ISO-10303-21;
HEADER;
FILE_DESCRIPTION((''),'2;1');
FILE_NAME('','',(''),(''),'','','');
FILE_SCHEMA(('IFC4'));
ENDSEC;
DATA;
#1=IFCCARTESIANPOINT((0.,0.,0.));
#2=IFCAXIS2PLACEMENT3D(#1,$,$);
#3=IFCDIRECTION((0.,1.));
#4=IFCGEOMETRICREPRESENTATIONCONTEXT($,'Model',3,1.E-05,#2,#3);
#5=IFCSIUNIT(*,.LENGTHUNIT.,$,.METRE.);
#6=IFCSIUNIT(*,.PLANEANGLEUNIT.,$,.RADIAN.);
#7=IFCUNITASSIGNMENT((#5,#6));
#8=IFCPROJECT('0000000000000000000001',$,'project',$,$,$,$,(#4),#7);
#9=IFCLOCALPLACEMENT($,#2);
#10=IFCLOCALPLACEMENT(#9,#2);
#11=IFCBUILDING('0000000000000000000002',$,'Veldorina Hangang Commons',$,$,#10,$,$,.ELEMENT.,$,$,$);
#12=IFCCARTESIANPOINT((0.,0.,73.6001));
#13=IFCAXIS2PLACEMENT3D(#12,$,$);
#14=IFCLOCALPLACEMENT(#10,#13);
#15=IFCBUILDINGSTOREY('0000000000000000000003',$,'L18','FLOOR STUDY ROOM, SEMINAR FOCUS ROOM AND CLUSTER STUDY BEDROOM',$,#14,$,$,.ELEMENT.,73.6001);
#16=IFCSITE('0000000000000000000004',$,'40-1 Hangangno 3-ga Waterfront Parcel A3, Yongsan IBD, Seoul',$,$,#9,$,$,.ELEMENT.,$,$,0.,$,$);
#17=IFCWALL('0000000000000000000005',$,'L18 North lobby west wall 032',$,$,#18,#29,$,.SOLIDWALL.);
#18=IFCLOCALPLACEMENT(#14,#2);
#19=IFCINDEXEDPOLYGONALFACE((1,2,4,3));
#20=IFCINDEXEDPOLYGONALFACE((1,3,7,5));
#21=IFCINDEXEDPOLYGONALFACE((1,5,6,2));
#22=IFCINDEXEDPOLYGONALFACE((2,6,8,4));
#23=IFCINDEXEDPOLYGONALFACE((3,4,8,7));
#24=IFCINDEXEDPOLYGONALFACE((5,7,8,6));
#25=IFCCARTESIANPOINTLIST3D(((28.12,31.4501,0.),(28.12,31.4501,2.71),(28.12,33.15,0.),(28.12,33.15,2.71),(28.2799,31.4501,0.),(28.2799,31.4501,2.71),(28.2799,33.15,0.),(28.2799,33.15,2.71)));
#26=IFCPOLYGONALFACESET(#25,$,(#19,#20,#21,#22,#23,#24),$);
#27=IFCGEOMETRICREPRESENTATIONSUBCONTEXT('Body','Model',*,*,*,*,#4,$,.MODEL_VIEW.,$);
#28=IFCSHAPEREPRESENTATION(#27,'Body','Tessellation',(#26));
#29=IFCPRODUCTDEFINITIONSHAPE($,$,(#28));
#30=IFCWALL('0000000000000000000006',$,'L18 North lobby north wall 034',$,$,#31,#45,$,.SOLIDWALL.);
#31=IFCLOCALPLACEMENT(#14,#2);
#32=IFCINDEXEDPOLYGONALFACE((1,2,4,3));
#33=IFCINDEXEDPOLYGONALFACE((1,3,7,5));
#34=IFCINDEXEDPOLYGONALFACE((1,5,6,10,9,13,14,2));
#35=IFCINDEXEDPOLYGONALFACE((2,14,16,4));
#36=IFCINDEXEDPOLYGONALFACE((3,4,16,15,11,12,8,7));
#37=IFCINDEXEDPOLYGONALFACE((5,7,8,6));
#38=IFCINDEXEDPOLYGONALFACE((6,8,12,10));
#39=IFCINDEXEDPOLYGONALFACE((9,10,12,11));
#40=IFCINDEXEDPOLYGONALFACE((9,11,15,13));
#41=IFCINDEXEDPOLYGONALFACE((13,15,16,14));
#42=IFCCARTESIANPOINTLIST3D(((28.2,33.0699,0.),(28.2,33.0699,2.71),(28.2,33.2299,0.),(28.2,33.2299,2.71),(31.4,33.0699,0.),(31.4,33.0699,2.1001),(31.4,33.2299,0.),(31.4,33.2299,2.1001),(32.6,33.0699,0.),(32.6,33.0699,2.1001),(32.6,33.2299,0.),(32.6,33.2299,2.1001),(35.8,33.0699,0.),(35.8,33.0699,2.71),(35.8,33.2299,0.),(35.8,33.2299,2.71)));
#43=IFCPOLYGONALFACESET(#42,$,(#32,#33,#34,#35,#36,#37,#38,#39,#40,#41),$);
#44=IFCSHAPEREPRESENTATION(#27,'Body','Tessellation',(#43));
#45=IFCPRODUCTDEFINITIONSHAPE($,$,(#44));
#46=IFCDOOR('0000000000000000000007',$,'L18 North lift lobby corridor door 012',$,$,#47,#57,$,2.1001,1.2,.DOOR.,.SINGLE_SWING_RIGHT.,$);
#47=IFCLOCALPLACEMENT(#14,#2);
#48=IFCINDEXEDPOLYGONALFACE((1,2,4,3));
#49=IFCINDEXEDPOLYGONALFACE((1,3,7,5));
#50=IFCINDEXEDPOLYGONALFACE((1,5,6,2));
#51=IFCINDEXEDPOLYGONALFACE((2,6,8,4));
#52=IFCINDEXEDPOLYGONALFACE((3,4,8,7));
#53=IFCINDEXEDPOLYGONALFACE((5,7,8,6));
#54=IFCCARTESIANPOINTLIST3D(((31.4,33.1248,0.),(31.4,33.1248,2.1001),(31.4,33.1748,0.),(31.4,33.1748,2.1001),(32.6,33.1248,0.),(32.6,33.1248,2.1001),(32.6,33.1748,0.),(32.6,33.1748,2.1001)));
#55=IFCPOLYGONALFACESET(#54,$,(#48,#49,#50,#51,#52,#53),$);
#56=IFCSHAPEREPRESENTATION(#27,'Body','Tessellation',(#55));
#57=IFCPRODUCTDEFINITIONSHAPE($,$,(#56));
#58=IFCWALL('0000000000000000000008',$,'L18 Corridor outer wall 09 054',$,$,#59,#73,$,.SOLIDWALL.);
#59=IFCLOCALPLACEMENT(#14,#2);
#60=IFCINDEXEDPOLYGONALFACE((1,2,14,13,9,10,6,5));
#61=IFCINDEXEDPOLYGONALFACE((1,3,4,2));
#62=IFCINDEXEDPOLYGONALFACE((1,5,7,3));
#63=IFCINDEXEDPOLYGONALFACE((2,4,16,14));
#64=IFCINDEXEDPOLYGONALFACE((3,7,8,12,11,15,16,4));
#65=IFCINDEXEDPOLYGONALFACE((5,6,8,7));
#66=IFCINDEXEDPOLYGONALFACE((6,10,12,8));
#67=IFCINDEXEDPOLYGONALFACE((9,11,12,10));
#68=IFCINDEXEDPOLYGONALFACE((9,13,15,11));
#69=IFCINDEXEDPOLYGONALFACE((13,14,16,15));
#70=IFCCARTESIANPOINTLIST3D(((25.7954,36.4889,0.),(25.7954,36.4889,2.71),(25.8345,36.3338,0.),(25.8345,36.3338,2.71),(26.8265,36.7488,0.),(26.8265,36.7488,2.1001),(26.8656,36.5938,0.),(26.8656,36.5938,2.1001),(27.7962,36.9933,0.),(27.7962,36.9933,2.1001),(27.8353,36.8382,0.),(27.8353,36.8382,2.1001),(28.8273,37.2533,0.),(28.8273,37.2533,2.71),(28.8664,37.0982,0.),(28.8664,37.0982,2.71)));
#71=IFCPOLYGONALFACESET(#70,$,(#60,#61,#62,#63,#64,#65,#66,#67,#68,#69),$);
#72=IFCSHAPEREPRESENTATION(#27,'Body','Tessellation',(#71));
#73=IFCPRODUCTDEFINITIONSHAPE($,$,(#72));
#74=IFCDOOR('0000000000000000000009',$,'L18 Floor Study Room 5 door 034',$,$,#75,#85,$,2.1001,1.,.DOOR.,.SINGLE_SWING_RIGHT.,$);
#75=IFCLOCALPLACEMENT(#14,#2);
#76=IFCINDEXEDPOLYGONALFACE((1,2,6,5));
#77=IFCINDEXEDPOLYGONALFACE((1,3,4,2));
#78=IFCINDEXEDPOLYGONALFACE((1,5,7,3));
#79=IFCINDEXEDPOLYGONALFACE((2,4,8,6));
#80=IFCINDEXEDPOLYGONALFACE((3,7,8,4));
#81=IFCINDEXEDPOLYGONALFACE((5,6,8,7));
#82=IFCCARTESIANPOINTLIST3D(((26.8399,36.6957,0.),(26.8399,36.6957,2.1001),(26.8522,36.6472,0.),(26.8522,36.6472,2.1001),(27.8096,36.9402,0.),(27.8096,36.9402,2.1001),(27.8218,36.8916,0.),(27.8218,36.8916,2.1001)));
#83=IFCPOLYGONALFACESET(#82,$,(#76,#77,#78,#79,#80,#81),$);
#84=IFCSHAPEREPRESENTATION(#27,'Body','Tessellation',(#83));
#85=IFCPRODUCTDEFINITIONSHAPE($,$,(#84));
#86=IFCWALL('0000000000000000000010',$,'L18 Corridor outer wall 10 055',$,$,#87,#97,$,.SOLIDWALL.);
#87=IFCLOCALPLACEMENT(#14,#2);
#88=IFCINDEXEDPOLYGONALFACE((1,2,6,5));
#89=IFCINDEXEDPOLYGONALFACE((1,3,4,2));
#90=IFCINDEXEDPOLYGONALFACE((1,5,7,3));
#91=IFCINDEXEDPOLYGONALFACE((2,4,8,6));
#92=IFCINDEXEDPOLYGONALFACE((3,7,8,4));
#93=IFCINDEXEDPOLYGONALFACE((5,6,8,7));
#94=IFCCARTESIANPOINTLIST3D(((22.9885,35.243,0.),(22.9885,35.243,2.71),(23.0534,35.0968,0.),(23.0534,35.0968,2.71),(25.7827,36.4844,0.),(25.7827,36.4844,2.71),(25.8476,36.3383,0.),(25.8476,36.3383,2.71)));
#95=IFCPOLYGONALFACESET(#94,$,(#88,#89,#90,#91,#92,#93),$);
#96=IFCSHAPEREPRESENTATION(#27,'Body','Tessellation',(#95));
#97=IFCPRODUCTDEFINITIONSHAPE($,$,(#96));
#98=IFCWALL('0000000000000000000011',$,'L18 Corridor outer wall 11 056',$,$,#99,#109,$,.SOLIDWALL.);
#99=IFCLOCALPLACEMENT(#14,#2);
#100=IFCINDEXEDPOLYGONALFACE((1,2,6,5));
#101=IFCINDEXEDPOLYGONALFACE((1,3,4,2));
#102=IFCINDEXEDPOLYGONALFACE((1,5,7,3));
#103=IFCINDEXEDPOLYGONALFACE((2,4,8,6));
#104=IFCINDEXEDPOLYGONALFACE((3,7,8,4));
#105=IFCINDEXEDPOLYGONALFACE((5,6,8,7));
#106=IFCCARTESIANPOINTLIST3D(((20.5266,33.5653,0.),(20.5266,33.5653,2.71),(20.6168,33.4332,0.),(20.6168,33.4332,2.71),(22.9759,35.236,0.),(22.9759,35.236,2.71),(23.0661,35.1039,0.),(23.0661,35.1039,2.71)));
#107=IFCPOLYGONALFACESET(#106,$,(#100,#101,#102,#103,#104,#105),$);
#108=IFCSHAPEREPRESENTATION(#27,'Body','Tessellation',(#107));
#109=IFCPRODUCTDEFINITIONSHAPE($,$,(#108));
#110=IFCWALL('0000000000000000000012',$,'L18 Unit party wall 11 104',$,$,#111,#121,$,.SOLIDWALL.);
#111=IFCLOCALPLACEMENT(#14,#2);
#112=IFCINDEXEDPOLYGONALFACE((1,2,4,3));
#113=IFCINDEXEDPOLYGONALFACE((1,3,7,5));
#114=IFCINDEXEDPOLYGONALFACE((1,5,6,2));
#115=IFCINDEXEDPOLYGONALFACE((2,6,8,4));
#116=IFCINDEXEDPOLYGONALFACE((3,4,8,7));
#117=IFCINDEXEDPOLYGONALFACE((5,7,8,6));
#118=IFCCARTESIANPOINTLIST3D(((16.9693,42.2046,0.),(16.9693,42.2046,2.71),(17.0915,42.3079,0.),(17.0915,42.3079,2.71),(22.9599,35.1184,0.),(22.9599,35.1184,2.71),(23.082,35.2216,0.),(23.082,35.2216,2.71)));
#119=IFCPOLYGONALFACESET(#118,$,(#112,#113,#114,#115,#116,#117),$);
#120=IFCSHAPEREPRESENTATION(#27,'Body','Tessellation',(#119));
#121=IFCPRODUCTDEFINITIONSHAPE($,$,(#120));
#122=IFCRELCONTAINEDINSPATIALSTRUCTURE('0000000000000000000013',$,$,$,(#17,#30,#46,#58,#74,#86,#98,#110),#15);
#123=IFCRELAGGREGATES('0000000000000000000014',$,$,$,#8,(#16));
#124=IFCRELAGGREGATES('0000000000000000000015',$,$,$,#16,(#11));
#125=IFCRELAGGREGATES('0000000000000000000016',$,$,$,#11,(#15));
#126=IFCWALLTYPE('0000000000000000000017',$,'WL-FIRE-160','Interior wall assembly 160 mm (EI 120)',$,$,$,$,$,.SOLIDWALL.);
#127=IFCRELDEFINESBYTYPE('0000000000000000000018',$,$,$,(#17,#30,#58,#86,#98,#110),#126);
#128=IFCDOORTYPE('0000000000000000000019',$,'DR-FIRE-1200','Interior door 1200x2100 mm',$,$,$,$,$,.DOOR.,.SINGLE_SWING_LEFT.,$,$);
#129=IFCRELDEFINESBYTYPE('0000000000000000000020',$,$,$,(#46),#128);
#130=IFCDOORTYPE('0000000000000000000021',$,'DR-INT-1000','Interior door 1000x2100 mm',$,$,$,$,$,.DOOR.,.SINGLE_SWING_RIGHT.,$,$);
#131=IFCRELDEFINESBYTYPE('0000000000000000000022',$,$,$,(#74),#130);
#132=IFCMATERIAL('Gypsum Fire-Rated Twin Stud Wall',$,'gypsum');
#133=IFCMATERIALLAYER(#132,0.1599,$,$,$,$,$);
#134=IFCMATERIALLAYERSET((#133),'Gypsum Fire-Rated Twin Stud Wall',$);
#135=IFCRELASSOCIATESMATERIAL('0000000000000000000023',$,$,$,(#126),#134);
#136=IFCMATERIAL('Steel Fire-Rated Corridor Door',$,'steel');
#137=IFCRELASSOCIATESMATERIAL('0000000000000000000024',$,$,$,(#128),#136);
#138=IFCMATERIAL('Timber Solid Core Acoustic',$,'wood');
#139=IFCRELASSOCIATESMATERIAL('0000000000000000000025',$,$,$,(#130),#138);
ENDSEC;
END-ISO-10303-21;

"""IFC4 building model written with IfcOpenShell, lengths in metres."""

from ifc_helpers import new_model, si_unit, direction, frame, frame_2d, origin, place, context, subcontext, project, spatial, rectangle, extrude, material, layer, layer_set, type_object, element, fill, save


model = new_model("IFC4")

# Units and contexts
model_context = context("Model", 3, precision=1e-05, world=origin(), true_north=direction((0.0, 1.0)))
body_context = subcontext(model_context, "Body", "Model", "MODEL_VIEW")
ifc_project = project(units=[si_unit("LENGTHUNIT", "METRE"), si_unit("PLANEANGLEUNIT", "RADIAN")], contexts=[model_context])

# Site, building, storey
site_placement = place(None, origin())
site = spatial("IfcSite", under=ifc_project, at=site_placement, Name="40-1 Hangangno 3-ga Waterfront Parcel A3, Yongsan IBD, Seoul", CompositionType="ELEMENT", RefElevation=0.0)
building_placement = place(site_placement, origin())
building = spatial("IfcBuilding", under=site, at=building_placement, Name="Veldorina Hangang Commons", CompositionType="ELEMENT")
storey_placement = place(building_placement, frame((0.0, 0.0, 73.6001)))
storey = spatial("IfcBuildingStorey", under=building, at=storey_placement, Name="L18", Description="FLOOR STUDY ROOM, SEMINAR FOCUS ROOM AND CLUSTER STUDY BEDROOM", CompositionType="ELEMENT", Elevation=73.6001)

# Wall
ifc_material_1 = material(Name="Gypsum Fire-Rated Twin Stud Wall", Category="gypsum")
ifc_layer_1 = layer(ifc_material_1, 0.1599)
ifc_layer_set_1 = layer_set([ifc_layer_1], Name="Gypsum Fire-Rated Twin Stud Wall")
wall_type_1 = type_object("IfcWallType", Name="WL-FIRE-160", Description="Interior wall assembly 160 mm (EI 120)", PredefinedType="SOLIDWALL", material=ifc_layer_set_1)
wall_1_placement = place(storey_placement, frame((28.2, 31.45, 0.0), z_axis=(0.0, 0.0, 1.0), x_axis=(0.0, 1.0, 0.0)))
element("IfcWall", 1, at=wall_1_placement, inside=storey, type_object=wall_type_1, Name="L18 North lobby west wall 032", PredefinedType="SOLIDWALL", context=body_context, shape_type="SweptSolid", body=[
    extrude(rectangle(XDim=1.7, YDim=0.1599, at=frame_2d((0.8501, 0.0))), origin(), (0.0, 0.0, 1.0), 2.71),
])

# Walls, openings, doors
wall_2_placement = place(storey_placement, frame((28.2, 33.1499, 0.0), z_axis=(0.0, 0.0, 1.0), x_axis=(1.0, 0.0, 0.0)))
wall_2 = element("IfcWall", 2, at=wall_2_placement, inside=storey, type_object=wall_type_1, Name="L18 North lobby north wall 034", PredefinedType="SOLIDWALL", context=body_context, shape_type="SweptSolid", body=[
    extrude(rectangle(XDim=7.6001, YDim=0.1599, at=frame_2d((3.8, 0.0))), origin(), (0.0, 0.0, 1.0), 2.71),
])
opening_1_placement = place(wall_2_placement, frame((3.2, 0.0, 0.0)))
opening_1 = element("IfcOpeningElement", 3, at=opening_1_placement, cuts=wall_2, PredefinedType="OPENING", context=body_context, shape_type="SweptSolid", body=[
    extrude(rectangle(XDim=1.2, YDim=2.1001, at=frame_2d((0.6001, 1.05))), frame((0.0, 0.0898, 0.0), z_axis=(0.0, -1.0, 0.0), x_axis=(1.0, 0.0, 0.0)), (0.0, 0.0, 1.0), 0.1799),
])
ifc_material_2 = material(Name="Steel Fire-Rated Corridor Door", Category="steel")
door_type_1 = type_object("IfcDoorType", Name="DR-FIRE-1200", Description="Interior door 1200x2100 mm", OperationType="SINGLE_SWING_LEFT", PredefinedType="DOOR", material=ifc_material_2)
door_1_placement = place(opening_1_placement, origin())
door_1 = element("IfcDoor", 4, at=door_1_placement, inside=storey, type_object=door_type_1, Name="L18 North lift lobby corridor door 012", OperationType="SINGLE_SWING_RIGHT", OverallHeight=2.1001, OverallWidth=1.2, PredefinedType="DOOR", context=body_context, shape_type="SweptSolid", body=[
    extrude(rectangle(XDim=1.2, YDim=2.1001, at=frame_2d((0.6001, 1.05))), frame((0.0, 0.0249, 0.0), z_axis=(0.0, -1.0, 0.0), x_axis=(1.0, 0.0, 0.0)), (0.0, 0.0, 1.0), 0.05),
])
fill(opening_1, door_1)
wall_3_placement = place(storey_placement, frame((28.8469, 37.1758, 0.0), z_axis=(0.0, 0.0, 1.0), x_axis=(-0.969654, -0.244483, 0.0)))
wall_3 = element("IfcWall", 5, at=wall_3_placement, inside=storey, type_object=wall_type_1, Name="L18 Corridor outer wall 09 054", PredefinedType="SOLIDWALL", context=body_context, shape_type="SweptSolid", body=[
    extrude(rectangle(XDim=3.1267, YDim=0.1599, at=frame_2d((1.5635, 0.0))), origin(), (0.0, 0.0, 1.0), 2.71),
])
opening_2_placement = place(wall_3_placement, frame((1.0635, 0.0, 0.0)))
opening_2 = element("IfcOpeningElement", 6, at=opening_2_placement, cuts=wall_3, PredefinedType="OPENING", context=body_context, shape_type="SweptSolid", body=[
    extrude(rectangle(XDim=1.0, YDim=2.1001, at=frame_2d((0.5, 1.05))), frame((0.0, 0.0898, 0.0), z_axis=(0.0, -1.0, 0.0), x_axis=(1.0, 0.0, 0.0)), (0.0, 0.0, 1.0), 0.1799),
])
ifc_material_3 = material(Name="Timber Solid Core Acoustic", Category="wood")
door_type_2 = type_object("IfcDoorType", Name="DR-INT-1000", Description="Interior door 1000x2100 mm", OperationType="SINGLE_SWING_RIGHT", PredefinedType="DOOR", material=ifc_material_3)
door_2_placement = place(opening_2_placement, origin())
door_2 = element("IfcDoor", 7, at=door_2_placement, inside=storey, type_object=door_type_2, Name="L18 Floor Study Room 5 door 034", OperationType="SINGLE_SWING_RIGHT", OverallHeight=2.1001, OverallWidth=1.0, PredefinedType="DOOR", context=body_context, shape_type="SweptSolid", body=[
    extrude(rectangle(XDim=1.0, YDim=2.1001, at=frame_2d((0.5, 1.05))), frame((0.0, 0.0249, 0.0), z_axis=(0.0, -1.0, 0.0), x_axis=(1.0, 0.0, 0.0)), (0.0, 0.0, 1.0), 0.05),
])
fill(opening_2, door_2)

# Walls
wall_4_placement = place(storey_placement, frame((25.8152, 36.4114, 0.0), z_axis=(0.0, 0.0, 1.0), x_axis=(-0.913861, -0.406027, 0.0)))
element("IfcWall", 8, at=wall_4_placement, inside=storey, type_object=wall_type_1, Name="L18 Corridor outer wall 10 055", PredefinedType="SOLIDWALL", context=body_context, shape_type="SweptSolid", body=[
    extrude(rectangle(XDim=3.0576, YDim=0.1599, at=frame_2d((1.5288, 0.0))), origin(), (0.0, 0.0, 1.0), 2.71),
])
wall_5_placement = place(storey_placement, frame((23.021, 35.1699, 0.0), z_axis=(0.0, 0.0, 1.0), x_axis=(-0.826112, -0.563505, 0.0)))
element("IfcWall", 9, at=wall_5_placement, inside=storey, type_object=wall_type_1, Name="L18 Corridor outer wall 11 056", PredefinedType="SOLIDWALL", context=body_context, shape_type="SweptSolid", body=[
    extrude(rectangle(XDim=2.9648, YDim=0.1599, at=frame_2d((1.4824, 0.0))), origin(), (0.0, 0.0, 1.0), 2.71),
])
wall_6_placement = place(storey_placement, frame((23.021, 35.1699, 0.0), z_axis=(0.0, 0.0, 1.0), x_axis=(-0.645595, 0.76368, 0.0)))
element("IfcWall", 10, at=wall_6_placement, inside=storey, type_object=wall_type_1, Name="L18 Unit party wall 11 104", PredefinedType="SOLIDWALL", context=body_context, shape_type="SweptSolid", body=[
    extrude(rectangle(XDim=9.2791, YDim=0.1599, at=frame_2d((4.6396, 0.0))), origin(), (0.0, 0.0, 1.0), 2.71),
])

save(model, "model.ifc")
